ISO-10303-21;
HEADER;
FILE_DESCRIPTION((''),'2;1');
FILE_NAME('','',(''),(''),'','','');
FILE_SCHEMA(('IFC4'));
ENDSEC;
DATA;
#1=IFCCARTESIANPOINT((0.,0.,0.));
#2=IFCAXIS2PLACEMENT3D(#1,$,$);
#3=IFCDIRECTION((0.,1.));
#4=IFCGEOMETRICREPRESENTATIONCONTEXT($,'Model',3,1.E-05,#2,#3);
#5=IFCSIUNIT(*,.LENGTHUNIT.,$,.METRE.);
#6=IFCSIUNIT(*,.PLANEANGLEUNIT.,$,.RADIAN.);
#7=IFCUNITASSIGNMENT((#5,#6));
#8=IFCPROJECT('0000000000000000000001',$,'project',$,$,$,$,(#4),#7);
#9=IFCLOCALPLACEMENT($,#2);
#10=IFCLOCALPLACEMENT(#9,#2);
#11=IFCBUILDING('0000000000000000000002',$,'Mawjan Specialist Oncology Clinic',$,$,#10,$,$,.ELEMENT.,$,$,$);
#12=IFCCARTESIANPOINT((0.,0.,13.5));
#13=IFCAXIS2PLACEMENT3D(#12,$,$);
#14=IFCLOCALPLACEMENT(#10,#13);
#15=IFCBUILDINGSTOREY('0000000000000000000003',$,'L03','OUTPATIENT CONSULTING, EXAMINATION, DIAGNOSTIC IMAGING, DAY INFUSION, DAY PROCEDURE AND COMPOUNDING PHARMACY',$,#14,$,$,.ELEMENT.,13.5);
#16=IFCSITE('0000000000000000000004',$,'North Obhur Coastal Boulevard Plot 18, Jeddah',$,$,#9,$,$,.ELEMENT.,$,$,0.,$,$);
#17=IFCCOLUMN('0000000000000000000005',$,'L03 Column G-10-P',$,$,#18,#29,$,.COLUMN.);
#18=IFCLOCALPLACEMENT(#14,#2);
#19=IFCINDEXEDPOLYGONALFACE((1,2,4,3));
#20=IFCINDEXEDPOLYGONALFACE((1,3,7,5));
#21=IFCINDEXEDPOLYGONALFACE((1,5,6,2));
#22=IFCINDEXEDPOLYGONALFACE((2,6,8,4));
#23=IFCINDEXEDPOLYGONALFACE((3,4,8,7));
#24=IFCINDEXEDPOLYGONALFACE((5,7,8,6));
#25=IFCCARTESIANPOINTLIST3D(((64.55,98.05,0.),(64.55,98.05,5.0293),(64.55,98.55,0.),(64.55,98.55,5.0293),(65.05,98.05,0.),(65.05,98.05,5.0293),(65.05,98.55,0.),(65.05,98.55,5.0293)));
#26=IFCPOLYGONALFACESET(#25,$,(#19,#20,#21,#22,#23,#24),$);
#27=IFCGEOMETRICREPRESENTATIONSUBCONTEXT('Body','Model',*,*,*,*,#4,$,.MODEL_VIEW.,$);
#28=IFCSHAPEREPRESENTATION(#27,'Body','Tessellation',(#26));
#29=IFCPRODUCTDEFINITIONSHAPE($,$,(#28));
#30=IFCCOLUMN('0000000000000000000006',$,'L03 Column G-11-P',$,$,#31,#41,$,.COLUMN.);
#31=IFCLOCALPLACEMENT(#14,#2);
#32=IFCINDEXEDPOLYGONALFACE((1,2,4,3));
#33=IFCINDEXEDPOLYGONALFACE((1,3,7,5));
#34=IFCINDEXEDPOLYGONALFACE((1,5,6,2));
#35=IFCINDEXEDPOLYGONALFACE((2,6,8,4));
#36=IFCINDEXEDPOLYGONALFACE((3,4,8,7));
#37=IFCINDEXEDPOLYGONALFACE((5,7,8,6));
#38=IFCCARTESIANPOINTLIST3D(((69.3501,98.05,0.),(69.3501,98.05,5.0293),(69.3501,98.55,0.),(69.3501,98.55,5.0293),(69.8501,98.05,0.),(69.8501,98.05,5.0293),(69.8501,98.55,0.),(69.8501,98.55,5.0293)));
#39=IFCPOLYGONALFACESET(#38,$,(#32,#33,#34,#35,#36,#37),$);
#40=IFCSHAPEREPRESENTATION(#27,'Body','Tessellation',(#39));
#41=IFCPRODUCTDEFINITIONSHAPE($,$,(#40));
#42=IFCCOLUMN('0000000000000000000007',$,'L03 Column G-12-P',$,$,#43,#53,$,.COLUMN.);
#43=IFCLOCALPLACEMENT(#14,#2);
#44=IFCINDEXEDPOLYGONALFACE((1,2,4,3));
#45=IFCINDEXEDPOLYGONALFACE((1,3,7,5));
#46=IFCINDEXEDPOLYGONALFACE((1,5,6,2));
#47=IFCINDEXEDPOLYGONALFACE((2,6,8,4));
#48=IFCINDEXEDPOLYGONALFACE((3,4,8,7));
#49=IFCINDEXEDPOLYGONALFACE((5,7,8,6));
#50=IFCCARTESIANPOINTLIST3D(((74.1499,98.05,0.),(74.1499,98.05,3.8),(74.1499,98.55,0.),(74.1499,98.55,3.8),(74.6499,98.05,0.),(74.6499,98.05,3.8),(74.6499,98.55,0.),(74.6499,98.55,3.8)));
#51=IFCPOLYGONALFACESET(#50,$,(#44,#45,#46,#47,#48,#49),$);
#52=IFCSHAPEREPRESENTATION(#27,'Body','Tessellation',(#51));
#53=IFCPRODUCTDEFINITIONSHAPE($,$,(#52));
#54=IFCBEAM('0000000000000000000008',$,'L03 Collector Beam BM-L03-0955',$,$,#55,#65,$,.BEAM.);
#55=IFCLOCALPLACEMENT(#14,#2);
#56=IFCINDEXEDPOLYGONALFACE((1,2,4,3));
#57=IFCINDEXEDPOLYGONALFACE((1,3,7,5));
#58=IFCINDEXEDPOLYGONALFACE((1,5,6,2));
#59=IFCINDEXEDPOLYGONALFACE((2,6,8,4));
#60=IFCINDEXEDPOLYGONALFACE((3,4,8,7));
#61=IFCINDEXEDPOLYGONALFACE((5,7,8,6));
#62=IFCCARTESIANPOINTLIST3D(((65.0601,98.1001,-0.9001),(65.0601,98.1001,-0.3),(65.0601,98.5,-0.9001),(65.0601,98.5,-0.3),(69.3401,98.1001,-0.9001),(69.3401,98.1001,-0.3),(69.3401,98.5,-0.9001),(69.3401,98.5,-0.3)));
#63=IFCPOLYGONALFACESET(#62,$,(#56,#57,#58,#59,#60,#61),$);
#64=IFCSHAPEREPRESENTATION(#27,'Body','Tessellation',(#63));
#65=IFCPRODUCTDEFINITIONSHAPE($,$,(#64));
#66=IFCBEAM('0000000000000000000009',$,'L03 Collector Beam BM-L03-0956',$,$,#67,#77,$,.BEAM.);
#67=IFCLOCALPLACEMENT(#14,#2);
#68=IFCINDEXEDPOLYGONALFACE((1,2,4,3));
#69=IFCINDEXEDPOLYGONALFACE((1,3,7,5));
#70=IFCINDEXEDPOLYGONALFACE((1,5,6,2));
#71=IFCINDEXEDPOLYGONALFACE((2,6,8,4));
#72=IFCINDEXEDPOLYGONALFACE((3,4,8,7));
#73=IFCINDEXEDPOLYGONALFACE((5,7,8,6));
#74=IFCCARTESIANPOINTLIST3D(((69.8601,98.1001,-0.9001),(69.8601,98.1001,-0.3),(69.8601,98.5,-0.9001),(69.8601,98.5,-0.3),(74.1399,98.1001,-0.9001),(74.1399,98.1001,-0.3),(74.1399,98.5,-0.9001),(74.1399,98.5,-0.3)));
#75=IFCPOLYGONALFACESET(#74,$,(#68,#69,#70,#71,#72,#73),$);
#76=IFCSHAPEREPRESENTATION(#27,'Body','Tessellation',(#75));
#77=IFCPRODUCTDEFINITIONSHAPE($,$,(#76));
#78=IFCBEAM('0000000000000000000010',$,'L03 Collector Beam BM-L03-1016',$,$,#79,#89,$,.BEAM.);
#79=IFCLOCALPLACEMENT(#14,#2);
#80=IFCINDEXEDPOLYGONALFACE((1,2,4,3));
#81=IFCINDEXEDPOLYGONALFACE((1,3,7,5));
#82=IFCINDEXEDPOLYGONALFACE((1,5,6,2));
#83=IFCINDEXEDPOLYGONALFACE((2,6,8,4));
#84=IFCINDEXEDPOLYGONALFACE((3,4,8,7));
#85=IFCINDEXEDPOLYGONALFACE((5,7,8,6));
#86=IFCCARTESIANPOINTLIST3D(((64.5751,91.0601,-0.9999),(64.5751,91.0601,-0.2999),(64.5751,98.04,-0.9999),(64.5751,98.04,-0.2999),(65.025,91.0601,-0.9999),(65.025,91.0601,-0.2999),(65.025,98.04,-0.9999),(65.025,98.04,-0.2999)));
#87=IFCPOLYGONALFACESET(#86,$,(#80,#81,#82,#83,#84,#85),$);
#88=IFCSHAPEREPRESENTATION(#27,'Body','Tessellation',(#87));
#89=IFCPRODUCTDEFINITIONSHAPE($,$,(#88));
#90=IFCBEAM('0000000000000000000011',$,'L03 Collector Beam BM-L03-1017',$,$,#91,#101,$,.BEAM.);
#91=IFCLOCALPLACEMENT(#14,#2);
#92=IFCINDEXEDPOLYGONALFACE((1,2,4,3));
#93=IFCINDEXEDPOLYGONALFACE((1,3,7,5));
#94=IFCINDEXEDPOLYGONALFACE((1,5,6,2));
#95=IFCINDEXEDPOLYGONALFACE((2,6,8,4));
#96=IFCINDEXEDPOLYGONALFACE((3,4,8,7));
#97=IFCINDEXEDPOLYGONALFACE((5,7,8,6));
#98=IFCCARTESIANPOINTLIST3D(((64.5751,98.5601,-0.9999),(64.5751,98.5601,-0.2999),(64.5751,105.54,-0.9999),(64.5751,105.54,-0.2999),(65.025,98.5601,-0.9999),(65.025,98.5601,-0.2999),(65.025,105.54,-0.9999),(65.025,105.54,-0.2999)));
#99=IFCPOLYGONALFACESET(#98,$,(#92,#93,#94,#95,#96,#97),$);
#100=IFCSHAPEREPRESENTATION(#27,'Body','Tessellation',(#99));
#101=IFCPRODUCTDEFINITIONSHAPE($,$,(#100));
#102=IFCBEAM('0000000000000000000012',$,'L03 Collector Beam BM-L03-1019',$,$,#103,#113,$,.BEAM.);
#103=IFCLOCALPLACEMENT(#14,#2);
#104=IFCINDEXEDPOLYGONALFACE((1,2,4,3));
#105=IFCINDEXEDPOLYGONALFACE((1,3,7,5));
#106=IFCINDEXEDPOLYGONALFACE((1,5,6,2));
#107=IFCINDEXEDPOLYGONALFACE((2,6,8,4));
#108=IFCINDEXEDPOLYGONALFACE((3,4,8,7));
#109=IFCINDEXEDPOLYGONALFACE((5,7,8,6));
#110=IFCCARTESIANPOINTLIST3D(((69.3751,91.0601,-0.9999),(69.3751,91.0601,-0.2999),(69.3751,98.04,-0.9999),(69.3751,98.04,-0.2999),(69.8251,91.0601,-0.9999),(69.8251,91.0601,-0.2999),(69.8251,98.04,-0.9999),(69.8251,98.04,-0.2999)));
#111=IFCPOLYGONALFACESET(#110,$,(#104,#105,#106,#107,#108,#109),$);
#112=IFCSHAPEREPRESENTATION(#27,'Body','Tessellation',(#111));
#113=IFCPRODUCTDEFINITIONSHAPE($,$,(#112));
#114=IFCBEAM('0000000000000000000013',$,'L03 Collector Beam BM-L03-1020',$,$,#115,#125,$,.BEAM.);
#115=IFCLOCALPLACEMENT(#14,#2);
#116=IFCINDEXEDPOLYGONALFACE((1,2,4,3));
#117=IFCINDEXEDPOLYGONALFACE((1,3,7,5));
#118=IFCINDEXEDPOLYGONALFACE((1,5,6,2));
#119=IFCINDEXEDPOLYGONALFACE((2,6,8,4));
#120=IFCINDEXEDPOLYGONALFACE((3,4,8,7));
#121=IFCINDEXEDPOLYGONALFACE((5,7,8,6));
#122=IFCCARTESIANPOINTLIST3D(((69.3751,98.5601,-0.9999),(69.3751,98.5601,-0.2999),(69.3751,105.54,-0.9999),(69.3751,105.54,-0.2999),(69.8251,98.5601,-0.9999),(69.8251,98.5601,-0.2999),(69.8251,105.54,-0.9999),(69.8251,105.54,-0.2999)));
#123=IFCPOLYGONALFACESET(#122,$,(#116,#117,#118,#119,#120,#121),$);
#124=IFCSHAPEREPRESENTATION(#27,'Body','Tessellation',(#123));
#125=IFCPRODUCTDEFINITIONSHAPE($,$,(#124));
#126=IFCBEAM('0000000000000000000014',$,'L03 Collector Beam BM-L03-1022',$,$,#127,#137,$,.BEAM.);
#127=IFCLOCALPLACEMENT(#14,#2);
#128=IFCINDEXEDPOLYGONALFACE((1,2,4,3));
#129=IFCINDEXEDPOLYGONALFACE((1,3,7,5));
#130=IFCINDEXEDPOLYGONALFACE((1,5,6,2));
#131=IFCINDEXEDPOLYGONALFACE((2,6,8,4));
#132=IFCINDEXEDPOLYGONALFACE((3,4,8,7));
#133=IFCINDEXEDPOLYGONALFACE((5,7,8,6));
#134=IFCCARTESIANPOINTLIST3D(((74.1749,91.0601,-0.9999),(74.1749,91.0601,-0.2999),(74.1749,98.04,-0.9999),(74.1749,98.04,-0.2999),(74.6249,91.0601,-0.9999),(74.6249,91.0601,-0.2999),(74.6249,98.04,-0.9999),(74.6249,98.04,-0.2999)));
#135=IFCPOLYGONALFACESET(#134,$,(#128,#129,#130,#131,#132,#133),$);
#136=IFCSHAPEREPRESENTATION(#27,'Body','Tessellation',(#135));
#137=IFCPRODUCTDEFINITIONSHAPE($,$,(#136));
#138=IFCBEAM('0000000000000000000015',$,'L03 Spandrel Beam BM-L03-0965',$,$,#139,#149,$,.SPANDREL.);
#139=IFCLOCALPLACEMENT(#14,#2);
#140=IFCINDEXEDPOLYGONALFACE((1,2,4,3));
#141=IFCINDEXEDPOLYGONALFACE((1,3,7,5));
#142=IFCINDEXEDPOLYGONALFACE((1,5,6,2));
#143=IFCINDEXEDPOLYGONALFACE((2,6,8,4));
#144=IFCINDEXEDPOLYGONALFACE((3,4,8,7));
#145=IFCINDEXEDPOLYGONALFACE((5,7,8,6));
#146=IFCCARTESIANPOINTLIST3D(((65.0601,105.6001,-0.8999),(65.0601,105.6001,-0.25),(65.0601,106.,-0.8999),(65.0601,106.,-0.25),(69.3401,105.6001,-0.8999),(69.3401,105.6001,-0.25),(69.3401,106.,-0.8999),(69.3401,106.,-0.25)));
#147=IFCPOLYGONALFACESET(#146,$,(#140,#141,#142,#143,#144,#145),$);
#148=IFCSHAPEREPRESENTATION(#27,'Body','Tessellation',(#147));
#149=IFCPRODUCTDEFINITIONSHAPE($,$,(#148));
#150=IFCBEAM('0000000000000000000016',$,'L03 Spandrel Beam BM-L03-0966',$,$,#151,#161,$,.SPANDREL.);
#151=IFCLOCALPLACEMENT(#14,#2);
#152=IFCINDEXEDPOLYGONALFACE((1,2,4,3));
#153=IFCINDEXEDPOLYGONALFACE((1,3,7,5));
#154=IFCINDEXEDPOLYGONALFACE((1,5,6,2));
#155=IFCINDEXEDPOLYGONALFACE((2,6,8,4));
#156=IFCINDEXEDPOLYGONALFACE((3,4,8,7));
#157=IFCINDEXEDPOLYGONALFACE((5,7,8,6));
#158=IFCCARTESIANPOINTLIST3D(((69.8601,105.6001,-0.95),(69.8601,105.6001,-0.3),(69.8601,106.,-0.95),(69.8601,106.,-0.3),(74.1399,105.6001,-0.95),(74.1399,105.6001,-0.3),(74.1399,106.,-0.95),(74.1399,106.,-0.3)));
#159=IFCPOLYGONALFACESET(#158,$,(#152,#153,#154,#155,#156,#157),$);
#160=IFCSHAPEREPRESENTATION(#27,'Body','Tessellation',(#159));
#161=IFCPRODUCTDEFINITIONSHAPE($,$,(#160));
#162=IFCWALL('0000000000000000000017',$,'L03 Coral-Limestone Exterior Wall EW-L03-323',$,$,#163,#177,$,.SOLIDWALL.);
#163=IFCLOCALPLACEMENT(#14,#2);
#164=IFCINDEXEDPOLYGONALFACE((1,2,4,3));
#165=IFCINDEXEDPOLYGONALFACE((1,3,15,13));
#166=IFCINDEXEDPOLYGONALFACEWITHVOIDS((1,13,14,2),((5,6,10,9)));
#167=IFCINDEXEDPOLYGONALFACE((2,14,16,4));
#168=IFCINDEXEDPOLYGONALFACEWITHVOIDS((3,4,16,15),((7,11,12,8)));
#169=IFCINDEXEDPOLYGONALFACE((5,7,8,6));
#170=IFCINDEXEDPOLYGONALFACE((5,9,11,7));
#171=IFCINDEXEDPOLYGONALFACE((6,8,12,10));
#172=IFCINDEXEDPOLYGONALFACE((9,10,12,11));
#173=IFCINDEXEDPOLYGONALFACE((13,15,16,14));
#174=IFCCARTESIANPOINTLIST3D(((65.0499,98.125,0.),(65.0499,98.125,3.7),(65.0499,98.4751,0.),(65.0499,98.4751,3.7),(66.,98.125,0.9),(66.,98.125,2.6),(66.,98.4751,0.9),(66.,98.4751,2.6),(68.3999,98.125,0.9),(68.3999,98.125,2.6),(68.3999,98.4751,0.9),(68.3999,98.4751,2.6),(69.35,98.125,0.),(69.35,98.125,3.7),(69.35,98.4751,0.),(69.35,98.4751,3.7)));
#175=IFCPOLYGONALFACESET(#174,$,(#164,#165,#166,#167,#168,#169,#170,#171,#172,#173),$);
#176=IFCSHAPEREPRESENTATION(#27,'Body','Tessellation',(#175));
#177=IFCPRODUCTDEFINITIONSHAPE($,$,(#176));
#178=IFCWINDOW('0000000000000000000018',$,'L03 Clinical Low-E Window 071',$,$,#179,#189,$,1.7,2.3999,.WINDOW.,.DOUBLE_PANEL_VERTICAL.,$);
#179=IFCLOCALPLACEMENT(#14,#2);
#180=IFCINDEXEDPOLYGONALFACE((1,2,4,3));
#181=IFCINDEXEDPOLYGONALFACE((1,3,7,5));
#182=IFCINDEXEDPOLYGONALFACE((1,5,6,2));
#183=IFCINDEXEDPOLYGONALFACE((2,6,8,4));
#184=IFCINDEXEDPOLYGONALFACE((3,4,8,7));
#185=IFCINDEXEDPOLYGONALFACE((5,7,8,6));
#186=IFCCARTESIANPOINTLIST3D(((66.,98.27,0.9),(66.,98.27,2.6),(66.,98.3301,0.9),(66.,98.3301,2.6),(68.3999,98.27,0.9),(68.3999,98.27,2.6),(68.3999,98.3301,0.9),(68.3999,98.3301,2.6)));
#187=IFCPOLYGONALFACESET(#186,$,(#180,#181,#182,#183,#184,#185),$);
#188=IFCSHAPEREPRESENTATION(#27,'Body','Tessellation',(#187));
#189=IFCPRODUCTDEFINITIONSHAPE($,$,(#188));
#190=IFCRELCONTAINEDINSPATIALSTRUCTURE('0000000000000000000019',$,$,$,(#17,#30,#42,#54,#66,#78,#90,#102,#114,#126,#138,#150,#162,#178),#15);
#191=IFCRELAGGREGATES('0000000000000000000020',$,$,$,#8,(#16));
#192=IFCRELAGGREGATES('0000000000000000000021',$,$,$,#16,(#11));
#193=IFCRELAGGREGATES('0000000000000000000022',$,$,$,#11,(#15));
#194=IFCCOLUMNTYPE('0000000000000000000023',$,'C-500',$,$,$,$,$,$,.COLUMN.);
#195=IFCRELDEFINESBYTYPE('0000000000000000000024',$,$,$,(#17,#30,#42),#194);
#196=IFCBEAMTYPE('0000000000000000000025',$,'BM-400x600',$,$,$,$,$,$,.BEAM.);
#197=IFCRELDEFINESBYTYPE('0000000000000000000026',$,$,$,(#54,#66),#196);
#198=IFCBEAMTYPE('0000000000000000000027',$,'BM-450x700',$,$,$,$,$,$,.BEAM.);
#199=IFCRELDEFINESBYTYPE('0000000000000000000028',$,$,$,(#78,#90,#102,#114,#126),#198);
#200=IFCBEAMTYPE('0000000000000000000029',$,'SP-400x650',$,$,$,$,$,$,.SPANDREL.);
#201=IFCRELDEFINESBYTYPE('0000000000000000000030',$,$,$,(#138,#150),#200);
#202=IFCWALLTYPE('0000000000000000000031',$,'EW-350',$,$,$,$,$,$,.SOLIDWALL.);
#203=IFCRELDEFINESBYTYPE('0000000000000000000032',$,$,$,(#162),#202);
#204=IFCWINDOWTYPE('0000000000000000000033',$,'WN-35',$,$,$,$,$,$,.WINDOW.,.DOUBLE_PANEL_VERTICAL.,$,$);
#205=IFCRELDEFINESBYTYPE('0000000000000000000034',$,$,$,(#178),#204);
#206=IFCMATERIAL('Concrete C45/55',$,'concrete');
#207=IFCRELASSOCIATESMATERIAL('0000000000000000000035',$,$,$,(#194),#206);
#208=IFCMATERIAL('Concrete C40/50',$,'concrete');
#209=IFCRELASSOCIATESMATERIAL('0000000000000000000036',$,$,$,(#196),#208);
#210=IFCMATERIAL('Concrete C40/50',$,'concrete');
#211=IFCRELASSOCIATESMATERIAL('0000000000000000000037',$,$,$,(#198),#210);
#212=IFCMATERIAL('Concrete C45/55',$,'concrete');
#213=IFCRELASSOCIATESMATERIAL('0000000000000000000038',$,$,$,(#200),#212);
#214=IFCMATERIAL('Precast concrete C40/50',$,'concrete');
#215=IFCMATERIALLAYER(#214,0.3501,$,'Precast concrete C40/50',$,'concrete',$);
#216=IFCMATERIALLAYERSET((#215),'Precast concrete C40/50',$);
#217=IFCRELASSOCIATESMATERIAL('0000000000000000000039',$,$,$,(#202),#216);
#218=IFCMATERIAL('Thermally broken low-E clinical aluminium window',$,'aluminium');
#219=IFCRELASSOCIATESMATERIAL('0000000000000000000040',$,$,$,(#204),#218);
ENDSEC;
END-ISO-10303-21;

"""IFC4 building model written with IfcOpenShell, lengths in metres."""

from ifc_helpers import new_model, si_unit, direction, frame, frame_2d, origin, origin_2d, place, context, subcontext, project, spatial, rectangle, extrude, material, layer, layer_set, material_profile, profile_set, type_object, element, fill, save


model = new_model("IFC4")

# Units and contexts
model_context = context("Model", 3, precision=1e-05, world=origin(), true_north=direction((0.0, 1.0)))
body_context = subcontext(model_context, "Body", "Model", "MODEL_VIEW")
ifc_project = project(units=[si_unit("LENGTHUNIT", "METRE"), si_unit("PLANEANGLEUNIT", "RADIAN")], contexts=[model_context])

# Site, building, storey
site_placement = place(None, origin())
site = spatial("IfcSite", under=ifc_project, at=site_placement, Name="North Obhur Coastal Boulevard Plot 18, Jeddah", CompositionType="ELEMENT", RefElevation=0.0)
building_placement = place(site_placement, origin())
building = spatial("IfcBuilding", under=site, at=building_placement, Name="Mawjan Specialist Oncology Clinic", CompositionType="ELEMENT")
storey_placement = place(building_placement, frame((0.0, 0.0, 13.5)))
storey = spatial("IfcBuildingStorey", under=building, at=storey_placement, Name="L03", Description="OUTPATIENT CONSULTING, EXAMINATION, DIAGNOSTIC IMAGING, DAY INFUSION, DAY PROCEDURE AND COMPOUNDING PHARMACY", CompositionType="ELEMENT", Elevation=13.5)

# Columns
ifc_material_1 = material(Name="Concrete C45/55", Category="concrete")
ifc_material_profile_1 = material_profile(ifc_material_1, rectangle(XDim=0.5, YDim=0.5, at=origin_2d()), Name="RC COL 500x500", Category="concrete")
ifc_profile_set_1 = profile_set([ifc_material_profile_1], Name="Concrete C45/55")
column_type = type_object("IfcColumnType", Name="C-500", PredefinedType="COLUMN", material=ifc_profile_set_1)
for number, where, z_axis, x_axis, name in (
    (1, (64.8, 98.3, 0.0), (0.0, 0.0, 1.0), (1.0, 0.0, 0.0), "L03 Column G-10-P"),
    (2, (69.6001, 98.3, 0.0), (0.0, 0.0, 1.0), (1.0, 0.0, 0.0), "L03 Column G-11-P"),
):
    element("IfcColumn", number, at=place(storey_placement, frame(where, z_axis=z_axis, x_axis=x_axis)), inside=storey, type_object=column_type, Name=name, PredefinedType="COLUMN", context=body_context, shape_type="SweptSolid", body=[
        extrude(rectangle(XDim=0.5, YDim=0.5, at=origin_2d()), origin(), (0.0, 0.0, 1.0), 5.0293),
    ])
column_placement = place(storey_placement, frame((74.3999, 98.3, 0.0), z_axis=(0.0, 0.0, 1.0), x_axis=(1.0, 0.0, 0.0)))
element("IfcColumn", 3, at=column_placement, inside=storey, type_object=column_type, Name="L03 Column G-12-P", PredefinedType="COLUMN", context=body_context, shape_type="SweptSolid", body=[
    extrude(rectangle(XDim=0.5, YDim=0.5, at=origin_2d()), origin(), (0.0, 0.0, 1.0), 3.8),
])

# Beams
ifc_material_2 = material(Name="Concrete C40/50", Category="concrete")
ifc_material_profile_2 = material_profile(ifc_material_2, rectangle(XDim=0.3999, YDim=0.6001, at=origin_2d()), Name="RC BM 400x600", Category="concrete")
ifc_profile_set_2 = profile_set([ifc_material_profile_2], Name="Concrete C40/50")
beam_type_1 = type_object("IfcBeamType", Name="BM-400x600", PredefinedType="BEAM", material=ifc_profile_set_2)
beam_1_placement = place(storey_placement, frame((65.0601, 98.3, -0.6001), z_axis=(1.0, 0.0, 0.0), x_axis=(0.0, 1.0, 0.0)))
element("IfcBeam", 4, at=beam_1_placement, inside=storey, type_object=beam_type_1, Name="L03 Collector Beam BM-L03-0955", PredefinedType="BEAM", context=body_context, shape_type="SweptSolid", body=[
    extrude(rectangle(XDim=0.3999, YDim=0.6001, at=origin_2d()), origin(), (0.0, 0.0, 1.0), 4.28),
])
beam_2_placement = place(storey_placement, frame((69.8601, 98.3, -0.6001), z_axis=(1.0, 0.0, 0.0), x_axis=(0.0, 1.0, 0.0)))
element("IfcBeam", 5, at=beam_2_placement, inside=storey, type_object=beam_type_1, Name="L03 Collector Beam BM-L03-0956", PredefinedType="BEAM", context=body_context, shape_type="SweptSolid", body=[
    extrude(rectangle(XDim=0.3999, YDim=0.6001, at=origin_2d()), origin(), (0.0, 0.0, 1.0), 4.2798),
])
ifc_material_3 = material(Name="Concrete C40/50", Category="concrete")
ifc_material_profile_3 = material_profile(ifc_material_3, rectangle(XDim=0.45, YDim=0.7, at=origin_2d()), Name="RC BM 450x700", Category="concrete")
ifc_profile_set_3 = profile_set([ifc_material_profile_3], Name="Concrete C40/50")
beam_type_2 = type_object("IfcBeamType", Name="BM-450x700", PredefinedType="BEAM", material=ifc_profile_set_3)
for number, where, z_axis, x_axis, name in (
    (6, (64.8, 91.0601, -0.6499), (0.0, 1.0, 0.0), (-1.0, 0.0, 0.0), "L03 Collector Beam BM-L03-1016"),
    (7, (64.8, 98.5601, -0.6499), (0.0, 1.0, 0.0), (-1.0, 0.0, 0.0), "L03 Collector Beam BM-L03-1017"),
    (8, (69.6001, 91.0601, -0.6499), (0.0, 1.0, 0.0), (-1.0, 0.0, 0.0), "L03 Collector Beam BM-L03-1019"),
    (9, (69.6001, 98.5601, -0.6499), (0.0, 1.0, 0.0), (-1.0, 0.0, 0.0), "L03 Collector Beam BM-L03-1020"),
    (10, (74.3999, 91.0601, -0.6499), (0.0, 1.0, 0.0), (-1.0, 0.0, 0.0), "L03 Collector Beam BM-L03-1022"),
):
    element("IfcBeam", number, at=place(storey_placement, frame(where, z_axis=z_axis, x_axis=x_axis)), inside=storey, type_object=beam_type_2, Name=name, PredefinedType="BEAM", context=body_context, shape_type="SweptSolid", body=[
        extrude(rectangle(XDim=0.45, YDim=0.7, at=origin_2d()), origin(), (0.0, 0.0, 1.0), 6.98),
    ])
ifc_material_4 = material(Name="Concrete C45/55", Category="concrete")
ifc_material_profile_4 = material_profile(ifc_material_4, rectangle(XDim=0.3999, YDim=0.6499, at=origin_2d()), Name="RC BM 400x650", Category="concrete")
ifc_profile_set_4 = profile_set([ifc_material_profile_4], Name="Concrete C45/55")
beam_type_3 = type_object("IfcBeamType", Name="SP-400x650", PredefinedType="SPANDREL", material=ifc_profile_set_4)
beam_3_placement = place(storey_placement, frame((65.0601, 105.8, -0.575), z_axis=(1.0, 0.0, 0.0), x_axis=(0.0, 1.0, 0.0)))
element("IfcBeam", 11, at=beam_3_placement, inside=storey, type_object=beam_type_3, Name="L03 Spandrel Beam BM-L03-0965", PredefinedType="SPANDREL", context=body_context, shape_type="SweptSolid", body=[
    extrude(rectangle(XDim=0.3999, YDim=0.6499, at=origin_2d()), origin(), (0.0, 0.0, 1.0), 4.28),
])
beam_4_placement = place(storey_placement, frame((69.8601, 105.8, -0.625), z_axis=(1.0, 0.0, 0.0), x_axis=(0.0, 1.0, 0.0)))
element("IfcBeam", 12, at=beam_4_placement, inside=storey, type_object=beam_type_3, Name="L03 Spandrel Beam BM-L03-0966", PredefinedType="SPANDREL", context=body_context, shape_type="SweptSolid", body=[
    extrude(rectangle(XDim=0.3999, YDim=0.6499, at=origin_2d()), origin(), (0.0, 0.0, 1.0), 4.2798),
])

# Wall, opening, window
ifc_material_5 = material(Name="Precast concrete C40/50", Category="concrete")
ifc_layer_1 = layer(ifc_material_5, 0.3501, Name="Precast concrete C40/50", Category="concrete")
ifc_layer_set_1 = layer_set([ifc_layer_1], Name="Precast concrete C40/50")
wall_type_1 = type_object("IfcWallType", Name="EW-350", PredefinedType="SOLIDWALL", material=ifc_layer_set_1)
wall_1_placement = place(storey_placement, frame((65.05, 98.3, 0.0), z_axis=(0.0, 0.0, 1.0), x_axis=(1.0, 0.0, 0.0)))
wall_1 = element("IfcWall", 13, at=wall_1_placement, inside=storey, type_object=wall_type_1, Name="L03 Coral-Limestone Exterior Wall EW-L03-323", PredefinedType="SOLIDWALL", context=body_context, shape_type="SweptSolid", body=[
    extrude(rectangle(XDim=4.3, YDim=0.3501, at=frame_2d((2.1499, 0.0))), origin(), (0.0, 0.0, 1.0), 3.7),
])
opening_1_placement = place(wall_1_placement, frame((0.95, 0.0, 0.8999)))
opening_1 = element("IfcOpeningElement", 14, at=opening_1_placement, cuts=wall_1, PredefinedType="OPENING", context=body_context, shape_type="SweptSolid", body=[
    extrude(rectangle(XDim=2.3999, YDim=1.7, at=frame_2d((1.2, 0.8501))), frame((0.0, 0.187, 0.0), z_axis=(0.0, -1.0, 0.0), x_axis=(1.0, 0.0, 0.0)), (0.0, 0.0, 1.0), 0.374),
])
ifc_material_6 = material(Name="Thermally broken low-E clinical aluminium window", Category="aluminium")
window_type_1 = type_object("IfcWindowType", Name="WN-35", PartitioningType="DOUBLE_PANEL_VERTICAL", PredefinedType="WINDOW", material=ifc_material_6)
window_1_placement = place(opening_1_placement, origin())
window_1 = element("IfcWindow", 15, at=window_1_placement, inside=storey, type_object=window_type_1, Name="L03 Clinical Low-E Window 071", OverallHeight=1.7, OverallWidth=2.3999, PartitioningType="DOUBLE_PANEL_VERTICAL", PredefinedType="WINDOW", context=body_context, shape_type="SweptSolid", body=[
    extrude(rectangle(XDim=2.3999, YDim=1.7, at=frame_2d((1.2, 0.8501))), frame((0.0, 0.03, 0.0), z_axis=(0.0, -1.0, 0.0), x_axis=(1.0, 0.0, 0.0)), (0.0, 0.0, 1.0), 0.0601),
])
fill(opening_1, window_1)

save(model, "model.ifc")
